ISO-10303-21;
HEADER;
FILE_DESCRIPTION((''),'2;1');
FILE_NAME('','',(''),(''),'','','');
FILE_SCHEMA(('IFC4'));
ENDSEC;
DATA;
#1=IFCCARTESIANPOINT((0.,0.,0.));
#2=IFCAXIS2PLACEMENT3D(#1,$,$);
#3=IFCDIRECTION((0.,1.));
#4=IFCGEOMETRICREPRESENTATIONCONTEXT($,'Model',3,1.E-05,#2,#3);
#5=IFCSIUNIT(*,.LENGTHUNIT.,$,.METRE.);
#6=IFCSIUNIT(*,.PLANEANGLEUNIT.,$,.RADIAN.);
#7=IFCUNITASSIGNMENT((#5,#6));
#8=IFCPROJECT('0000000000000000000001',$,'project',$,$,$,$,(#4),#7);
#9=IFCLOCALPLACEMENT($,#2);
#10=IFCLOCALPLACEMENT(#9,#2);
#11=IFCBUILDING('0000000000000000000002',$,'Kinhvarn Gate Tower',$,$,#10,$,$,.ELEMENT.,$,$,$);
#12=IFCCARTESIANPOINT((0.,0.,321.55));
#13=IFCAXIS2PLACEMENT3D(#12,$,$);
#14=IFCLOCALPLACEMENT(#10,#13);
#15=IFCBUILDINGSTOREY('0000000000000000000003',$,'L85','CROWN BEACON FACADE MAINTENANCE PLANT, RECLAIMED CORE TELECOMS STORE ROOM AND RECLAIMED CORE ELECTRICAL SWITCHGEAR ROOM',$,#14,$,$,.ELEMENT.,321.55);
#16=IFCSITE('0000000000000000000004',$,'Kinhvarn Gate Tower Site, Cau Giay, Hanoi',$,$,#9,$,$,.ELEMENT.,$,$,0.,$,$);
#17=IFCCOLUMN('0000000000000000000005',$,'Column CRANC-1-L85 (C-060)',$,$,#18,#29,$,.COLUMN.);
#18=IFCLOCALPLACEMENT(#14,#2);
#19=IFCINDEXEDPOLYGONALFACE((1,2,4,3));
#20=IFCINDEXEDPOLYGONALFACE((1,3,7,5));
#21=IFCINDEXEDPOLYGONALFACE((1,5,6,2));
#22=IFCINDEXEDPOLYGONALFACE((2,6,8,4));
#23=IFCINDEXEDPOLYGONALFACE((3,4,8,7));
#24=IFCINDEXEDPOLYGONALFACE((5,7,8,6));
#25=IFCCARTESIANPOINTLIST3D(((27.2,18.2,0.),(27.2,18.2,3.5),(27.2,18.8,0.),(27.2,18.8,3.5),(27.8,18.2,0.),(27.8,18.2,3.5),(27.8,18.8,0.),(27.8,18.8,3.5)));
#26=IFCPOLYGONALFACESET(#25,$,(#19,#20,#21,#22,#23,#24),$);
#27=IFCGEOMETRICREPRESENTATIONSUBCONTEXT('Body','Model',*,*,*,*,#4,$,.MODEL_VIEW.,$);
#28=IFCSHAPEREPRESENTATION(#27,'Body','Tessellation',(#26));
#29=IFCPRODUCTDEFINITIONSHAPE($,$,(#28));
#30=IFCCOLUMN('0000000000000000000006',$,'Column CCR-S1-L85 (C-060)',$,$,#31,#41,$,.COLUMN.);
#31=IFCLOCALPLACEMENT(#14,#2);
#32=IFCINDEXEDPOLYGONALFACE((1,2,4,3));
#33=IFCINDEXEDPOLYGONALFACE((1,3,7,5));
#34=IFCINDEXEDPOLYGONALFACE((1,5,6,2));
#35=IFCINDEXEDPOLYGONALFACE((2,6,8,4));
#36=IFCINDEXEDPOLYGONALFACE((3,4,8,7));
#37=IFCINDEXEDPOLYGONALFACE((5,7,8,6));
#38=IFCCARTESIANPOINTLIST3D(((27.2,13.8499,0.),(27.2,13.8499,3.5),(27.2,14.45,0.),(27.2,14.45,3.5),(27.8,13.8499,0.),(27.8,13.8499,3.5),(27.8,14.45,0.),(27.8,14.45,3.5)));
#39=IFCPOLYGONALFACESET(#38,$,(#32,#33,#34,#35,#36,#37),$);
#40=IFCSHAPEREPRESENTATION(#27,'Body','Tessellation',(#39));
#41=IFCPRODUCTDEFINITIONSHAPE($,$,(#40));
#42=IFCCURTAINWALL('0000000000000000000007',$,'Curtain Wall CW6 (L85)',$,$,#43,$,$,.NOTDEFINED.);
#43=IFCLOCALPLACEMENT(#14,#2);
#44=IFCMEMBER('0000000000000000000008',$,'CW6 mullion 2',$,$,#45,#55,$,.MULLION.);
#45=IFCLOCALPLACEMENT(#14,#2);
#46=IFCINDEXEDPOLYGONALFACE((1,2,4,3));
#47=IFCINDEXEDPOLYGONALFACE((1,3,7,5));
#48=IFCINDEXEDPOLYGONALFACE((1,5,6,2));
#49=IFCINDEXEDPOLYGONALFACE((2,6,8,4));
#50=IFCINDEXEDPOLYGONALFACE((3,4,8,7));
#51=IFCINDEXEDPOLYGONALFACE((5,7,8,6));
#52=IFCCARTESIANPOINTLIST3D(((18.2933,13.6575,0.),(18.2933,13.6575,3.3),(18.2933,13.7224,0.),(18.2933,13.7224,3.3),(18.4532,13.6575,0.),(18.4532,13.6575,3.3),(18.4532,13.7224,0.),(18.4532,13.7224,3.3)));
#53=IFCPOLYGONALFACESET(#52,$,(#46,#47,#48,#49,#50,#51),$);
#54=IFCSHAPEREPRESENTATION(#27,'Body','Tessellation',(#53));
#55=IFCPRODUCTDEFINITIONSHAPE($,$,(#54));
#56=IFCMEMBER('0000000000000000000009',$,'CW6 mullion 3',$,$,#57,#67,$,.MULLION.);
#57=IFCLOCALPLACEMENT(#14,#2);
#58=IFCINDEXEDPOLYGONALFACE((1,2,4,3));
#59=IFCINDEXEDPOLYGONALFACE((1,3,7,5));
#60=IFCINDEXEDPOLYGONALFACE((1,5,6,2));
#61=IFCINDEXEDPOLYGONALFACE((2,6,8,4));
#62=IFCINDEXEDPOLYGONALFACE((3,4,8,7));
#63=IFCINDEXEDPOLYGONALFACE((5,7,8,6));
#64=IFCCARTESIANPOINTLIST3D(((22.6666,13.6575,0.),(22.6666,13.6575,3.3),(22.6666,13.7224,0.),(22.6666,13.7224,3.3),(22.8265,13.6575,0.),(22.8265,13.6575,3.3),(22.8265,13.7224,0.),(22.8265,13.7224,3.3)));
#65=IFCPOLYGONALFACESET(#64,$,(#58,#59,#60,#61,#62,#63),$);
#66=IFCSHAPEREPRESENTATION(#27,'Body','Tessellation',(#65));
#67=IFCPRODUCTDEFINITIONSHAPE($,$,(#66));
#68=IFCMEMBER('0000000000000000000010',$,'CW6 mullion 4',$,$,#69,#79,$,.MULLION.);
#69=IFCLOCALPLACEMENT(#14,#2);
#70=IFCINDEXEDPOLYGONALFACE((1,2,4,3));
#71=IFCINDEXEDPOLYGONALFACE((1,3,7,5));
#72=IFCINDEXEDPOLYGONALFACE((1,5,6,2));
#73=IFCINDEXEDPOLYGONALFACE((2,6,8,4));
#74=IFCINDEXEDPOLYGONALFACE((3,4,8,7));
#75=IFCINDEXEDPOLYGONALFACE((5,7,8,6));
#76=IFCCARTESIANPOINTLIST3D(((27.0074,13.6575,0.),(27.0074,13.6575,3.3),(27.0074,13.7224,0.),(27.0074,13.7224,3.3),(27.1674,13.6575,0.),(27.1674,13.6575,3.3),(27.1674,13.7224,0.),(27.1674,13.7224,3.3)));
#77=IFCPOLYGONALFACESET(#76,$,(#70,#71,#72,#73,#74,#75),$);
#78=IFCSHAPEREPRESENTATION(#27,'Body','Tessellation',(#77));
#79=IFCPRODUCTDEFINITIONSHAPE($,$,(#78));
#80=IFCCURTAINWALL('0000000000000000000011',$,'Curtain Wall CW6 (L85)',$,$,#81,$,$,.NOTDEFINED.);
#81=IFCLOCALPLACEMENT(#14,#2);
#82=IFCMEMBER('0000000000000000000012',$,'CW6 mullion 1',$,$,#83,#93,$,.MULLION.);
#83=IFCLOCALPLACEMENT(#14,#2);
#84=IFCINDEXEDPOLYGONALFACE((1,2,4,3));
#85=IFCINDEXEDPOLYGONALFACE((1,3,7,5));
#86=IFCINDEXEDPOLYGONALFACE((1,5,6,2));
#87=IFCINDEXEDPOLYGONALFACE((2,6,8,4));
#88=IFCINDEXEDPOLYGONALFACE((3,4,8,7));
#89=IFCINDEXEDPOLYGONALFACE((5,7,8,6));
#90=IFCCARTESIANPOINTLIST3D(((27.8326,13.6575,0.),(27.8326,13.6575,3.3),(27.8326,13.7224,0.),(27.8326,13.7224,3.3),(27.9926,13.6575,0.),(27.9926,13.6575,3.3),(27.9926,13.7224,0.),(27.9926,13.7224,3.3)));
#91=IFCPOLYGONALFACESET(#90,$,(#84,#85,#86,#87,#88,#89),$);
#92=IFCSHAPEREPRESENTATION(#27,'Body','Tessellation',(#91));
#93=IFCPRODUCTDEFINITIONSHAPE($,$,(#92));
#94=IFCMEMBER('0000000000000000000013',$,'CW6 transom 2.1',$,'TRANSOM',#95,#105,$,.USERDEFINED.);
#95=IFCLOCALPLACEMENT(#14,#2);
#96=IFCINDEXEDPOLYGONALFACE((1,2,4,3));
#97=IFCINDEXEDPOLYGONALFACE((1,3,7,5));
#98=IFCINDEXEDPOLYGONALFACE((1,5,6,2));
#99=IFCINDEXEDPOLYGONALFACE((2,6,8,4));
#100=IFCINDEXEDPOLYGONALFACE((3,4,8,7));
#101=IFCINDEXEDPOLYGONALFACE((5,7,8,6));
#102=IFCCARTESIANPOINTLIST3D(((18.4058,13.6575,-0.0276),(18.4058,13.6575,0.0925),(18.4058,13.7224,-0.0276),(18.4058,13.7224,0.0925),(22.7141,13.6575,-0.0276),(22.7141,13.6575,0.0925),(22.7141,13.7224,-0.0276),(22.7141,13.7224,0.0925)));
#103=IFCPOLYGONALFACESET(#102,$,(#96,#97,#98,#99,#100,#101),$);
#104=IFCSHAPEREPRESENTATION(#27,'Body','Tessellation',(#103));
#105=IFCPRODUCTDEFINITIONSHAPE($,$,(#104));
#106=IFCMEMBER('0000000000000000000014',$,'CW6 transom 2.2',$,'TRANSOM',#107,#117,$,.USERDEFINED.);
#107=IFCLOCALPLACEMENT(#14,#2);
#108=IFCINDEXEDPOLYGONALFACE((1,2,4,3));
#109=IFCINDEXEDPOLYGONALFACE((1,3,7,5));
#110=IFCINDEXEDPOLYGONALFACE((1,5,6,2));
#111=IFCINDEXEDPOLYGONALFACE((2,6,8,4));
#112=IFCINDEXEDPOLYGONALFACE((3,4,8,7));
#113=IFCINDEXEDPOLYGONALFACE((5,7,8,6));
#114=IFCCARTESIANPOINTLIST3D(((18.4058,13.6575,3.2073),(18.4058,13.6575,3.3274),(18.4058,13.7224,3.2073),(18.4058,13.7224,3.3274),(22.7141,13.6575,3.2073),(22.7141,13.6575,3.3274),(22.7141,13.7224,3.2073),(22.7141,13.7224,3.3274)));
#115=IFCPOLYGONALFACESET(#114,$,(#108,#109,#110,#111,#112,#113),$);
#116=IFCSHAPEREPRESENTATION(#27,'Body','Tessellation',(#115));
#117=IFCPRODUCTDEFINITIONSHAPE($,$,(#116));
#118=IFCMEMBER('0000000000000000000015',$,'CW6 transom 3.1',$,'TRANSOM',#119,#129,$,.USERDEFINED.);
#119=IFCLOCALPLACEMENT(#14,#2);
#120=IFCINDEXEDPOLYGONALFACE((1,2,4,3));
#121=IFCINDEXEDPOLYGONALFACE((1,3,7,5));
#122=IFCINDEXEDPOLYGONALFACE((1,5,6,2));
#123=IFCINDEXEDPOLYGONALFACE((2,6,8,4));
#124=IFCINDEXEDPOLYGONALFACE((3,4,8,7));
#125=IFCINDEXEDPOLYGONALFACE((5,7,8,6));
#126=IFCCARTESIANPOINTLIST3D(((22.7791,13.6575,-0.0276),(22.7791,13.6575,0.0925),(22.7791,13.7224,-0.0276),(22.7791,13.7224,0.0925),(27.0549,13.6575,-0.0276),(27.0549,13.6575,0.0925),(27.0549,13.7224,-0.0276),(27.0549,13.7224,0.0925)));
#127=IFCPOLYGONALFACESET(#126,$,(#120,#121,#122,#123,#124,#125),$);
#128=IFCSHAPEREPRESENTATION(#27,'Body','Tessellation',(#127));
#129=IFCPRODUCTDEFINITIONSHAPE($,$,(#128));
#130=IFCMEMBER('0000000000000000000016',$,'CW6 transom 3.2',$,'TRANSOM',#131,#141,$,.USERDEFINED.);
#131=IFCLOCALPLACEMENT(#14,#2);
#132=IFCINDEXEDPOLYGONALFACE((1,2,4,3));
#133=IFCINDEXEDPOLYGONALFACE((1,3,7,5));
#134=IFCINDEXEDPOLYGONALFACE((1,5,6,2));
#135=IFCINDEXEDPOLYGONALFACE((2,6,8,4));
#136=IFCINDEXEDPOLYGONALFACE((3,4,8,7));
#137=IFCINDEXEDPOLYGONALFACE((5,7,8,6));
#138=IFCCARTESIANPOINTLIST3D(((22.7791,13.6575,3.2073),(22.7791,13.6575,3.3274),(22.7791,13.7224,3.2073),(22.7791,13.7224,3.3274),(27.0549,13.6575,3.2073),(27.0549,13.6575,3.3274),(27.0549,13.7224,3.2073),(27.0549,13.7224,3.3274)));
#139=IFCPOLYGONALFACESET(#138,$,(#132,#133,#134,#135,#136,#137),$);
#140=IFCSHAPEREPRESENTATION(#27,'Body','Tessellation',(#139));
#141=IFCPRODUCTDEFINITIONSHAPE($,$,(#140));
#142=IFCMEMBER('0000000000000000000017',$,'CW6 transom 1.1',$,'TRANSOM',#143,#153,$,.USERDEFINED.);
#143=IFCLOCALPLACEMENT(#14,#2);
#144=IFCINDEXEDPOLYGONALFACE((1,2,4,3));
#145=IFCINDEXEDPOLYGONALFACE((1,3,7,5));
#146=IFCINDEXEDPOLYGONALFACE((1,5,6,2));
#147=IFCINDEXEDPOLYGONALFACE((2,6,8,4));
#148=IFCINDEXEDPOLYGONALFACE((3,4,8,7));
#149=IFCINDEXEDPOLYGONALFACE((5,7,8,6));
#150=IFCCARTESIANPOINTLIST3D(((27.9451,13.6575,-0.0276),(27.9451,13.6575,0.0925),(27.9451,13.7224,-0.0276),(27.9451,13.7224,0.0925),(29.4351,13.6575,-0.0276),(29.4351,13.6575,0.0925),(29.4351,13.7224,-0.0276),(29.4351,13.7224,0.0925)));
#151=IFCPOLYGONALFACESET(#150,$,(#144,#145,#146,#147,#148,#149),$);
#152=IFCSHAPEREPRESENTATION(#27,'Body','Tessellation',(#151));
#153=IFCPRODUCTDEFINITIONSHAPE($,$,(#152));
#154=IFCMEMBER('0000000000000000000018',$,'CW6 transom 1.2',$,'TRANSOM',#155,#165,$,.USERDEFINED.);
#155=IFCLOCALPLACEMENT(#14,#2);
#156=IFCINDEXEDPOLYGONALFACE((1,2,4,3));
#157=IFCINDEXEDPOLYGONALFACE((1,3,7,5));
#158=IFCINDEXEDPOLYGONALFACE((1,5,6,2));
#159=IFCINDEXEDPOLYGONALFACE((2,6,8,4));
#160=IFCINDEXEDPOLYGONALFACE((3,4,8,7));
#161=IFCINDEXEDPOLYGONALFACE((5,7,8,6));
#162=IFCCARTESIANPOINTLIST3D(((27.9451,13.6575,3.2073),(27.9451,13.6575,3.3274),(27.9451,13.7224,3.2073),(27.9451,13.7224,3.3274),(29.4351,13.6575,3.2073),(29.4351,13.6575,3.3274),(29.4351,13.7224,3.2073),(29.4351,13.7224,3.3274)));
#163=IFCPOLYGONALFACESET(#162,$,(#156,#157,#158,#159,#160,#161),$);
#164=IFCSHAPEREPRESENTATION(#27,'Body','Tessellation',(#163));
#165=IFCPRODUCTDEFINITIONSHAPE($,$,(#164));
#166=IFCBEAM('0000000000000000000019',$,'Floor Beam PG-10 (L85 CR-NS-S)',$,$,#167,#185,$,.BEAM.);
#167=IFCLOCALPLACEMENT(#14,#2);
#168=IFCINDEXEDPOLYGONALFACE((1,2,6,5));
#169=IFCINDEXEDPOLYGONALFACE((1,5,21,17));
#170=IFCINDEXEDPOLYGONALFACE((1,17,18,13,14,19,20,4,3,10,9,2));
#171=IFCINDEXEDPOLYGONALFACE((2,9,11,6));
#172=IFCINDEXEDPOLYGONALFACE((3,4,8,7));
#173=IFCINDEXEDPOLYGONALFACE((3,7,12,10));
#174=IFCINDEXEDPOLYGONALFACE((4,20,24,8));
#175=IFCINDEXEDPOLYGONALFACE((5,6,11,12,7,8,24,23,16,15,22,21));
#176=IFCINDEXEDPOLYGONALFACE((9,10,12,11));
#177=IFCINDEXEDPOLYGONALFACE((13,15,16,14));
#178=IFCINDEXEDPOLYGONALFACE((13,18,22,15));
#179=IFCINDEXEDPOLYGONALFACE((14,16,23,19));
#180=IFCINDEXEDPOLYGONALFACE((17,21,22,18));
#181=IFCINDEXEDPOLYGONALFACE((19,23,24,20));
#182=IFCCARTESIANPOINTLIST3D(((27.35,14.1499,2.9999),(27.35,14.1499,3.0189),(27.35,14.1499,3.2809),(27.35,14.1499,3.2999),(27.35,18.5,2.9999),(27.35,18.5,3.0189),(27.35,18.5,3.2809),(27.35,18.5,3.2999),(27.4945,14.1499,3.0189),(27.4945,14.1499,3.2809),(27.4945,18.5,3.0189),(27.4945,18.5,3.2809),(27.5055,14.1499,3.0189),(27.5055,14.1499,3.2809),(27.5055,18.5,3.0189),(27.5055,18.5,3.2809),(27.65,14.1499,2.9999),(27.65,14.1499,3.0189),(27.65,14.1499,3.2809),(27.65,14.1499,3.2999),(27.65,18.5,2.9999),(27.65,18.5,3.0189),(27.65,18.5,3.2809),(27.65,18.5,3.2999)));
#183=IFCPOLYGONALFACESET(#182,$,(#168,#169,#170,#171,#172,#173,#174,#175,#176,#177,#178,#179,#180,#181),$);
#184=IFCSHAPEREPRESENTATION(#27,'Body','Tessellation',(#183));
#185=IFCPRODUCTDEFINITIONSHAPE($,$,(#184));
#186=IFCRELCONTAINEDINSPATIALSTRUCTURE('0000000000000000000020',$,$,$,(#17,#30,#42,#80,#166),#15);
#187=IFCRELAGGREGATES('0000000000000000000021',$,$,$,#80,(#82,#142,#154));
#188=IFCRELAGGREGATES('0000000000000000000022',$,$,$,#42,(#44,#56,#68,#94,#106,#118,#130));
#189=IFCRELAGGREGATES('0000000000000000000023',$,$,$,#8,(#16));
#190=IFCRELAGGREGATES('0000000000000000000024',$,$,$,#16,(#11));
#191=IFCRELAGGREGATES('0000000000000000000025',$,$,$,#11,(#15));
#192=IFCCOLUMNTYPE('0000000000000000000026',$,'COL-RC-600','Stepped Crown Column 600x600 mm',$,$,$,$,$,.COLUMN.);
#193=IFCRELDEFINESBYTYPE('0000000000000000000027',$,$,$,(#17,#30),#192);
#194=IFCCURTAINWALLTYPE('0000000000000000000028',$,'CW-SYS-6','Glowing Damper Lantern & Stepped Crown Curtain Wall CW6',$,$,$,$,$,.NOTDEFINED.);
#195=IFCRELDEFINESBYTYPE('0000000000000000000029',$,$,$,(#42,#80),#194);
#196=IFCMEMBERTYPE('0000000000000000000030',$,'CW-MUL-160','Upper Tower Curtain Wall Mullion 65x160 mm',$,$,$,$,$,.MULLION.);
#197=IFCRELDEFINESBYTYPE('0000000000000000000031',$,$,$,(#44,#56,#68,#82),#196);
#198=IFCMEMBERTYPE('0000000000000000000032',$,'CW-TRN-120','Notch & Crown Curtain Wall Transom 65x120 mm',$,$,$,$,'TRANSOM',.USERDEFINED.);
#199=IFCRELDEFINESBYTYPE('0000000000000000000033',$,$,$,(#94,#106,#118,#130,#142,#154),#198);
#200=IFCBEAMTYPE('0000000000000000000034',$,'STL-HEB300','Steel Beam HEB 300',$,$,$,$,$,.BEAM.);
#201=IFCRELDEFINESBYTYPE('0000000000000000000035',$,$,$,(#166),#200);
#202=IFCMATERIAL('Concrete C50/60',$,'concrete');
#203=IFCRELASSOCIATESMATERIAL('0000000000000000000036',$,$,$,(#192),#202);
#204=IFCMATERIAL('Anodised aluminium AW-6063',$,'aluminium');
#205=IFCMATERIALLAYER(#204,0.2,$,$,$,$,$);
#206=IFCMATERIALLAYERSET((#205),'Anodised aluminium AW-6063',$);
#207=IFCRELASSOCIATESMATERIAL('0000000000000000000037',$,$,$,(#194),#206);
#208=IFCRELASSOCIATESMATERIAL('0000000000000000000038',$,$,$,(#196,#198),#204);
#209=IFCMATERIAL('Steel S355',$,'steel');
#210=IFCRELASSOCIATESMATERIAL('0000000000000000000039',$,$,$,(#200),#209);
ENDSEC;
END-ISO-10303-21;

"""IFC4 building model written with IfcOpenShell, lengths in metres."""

from ifc_helpers import new_model, si_unit, direction, frame, origin, origin_2d, place, context, subcontext, project, spatial, rectangle, i_section, extrude, material, layer, layer_set, material_profile, profile_set, type_object, element, aggregate, save


model = new_model("IFC4")

# Units and contexts
model_context = context("Model", 3, precision=1e-05, world=origin(), true_north=direction((0.0, 1.0)))
body_context = subcontext(model_context, "Body", "Model", "MODEL_VIEW")
ifc_project = project(units=[si_unit("LENGTHUNIT", "METRE"), si_unit("PLANEANGLEUNIT", "RADIAN")], contexts=[model_context])

# Site, building, storey
site_placement = place(None, origin())
site = spatial("IfcSite", under=ifc_project, at=site_placement, Name="Kinhvarn Gate Tower Site, Cau Giay, Hanoi", CompositionType="ELEMENT", RefElevation=0.0)
building_placement = place(site_placement, origin())
building = spatial("IfcBuilding", under=site, at=building_placement, Name="Kinhvarn Gate Tower", CompositionType="ELEMENT")
storey_placement = place(building_placement, frame((0.0, 0.0, 321.55)))
storey = spatial("IfcBuildingStorey", under=building, at=storey_placement, Name="L85", Description="CROWN BEACON FACADE MAINTENANCE PLANT, RECLAIMED CORE TELECOMS STORE ROOM AND RECLAIMED CORE ELECTRICAL SWITCHGEAR ROOM", CompositionType="ELEMENT", Elevation=321.55)

# Columns
ifc_material_1 = material(Name="Concrete C50/60", Category="concrete")
ifc_material_profile_1 = material_profile(ifc_material_1, rectangle(XDim=0.6001, YDim=0.6001, at=origin_2d()), Name="RC 600x600")
ifc_profile_set_1 = profile_set([ifc_material_profile_1], Name="Concrete C50/60")
column_type = type_object("IfcColumnType", Name="COL-RC-600", Description="Stepped Crown Column 600x600 mm", PredefinedType="COLUMN", material=ifc_profile_set_1)
for number, where, z_axis, x_axis, name in (
    (1, (27.5, 18.5, 0.0), (0.0, 0.0, 1.0), (1.0, 0.0, 0.0), "Column CRANC-1-L85 (C-060)"),
    (2, (27.5, 14.1499, 0.0), (0.0, 0.0, 1.0), (1.0, 0.0, 0.0), "Column CCR-S1-L85 (C-060)"),
):
    element("IfcColumn", number, at=place(storey_placement, frame(where, z_axis=z_axis, x_axis=x_axis)), inside=storey, type_object=column_type, Name=name, PredefinedType="COLUMN", context=body_context, shape_type="SweptSolid", body=[
        extrude(rectangle(XDim=0.6001, YDim=0.6001, at=origin_2d()), origin(), (0.0, 0.0, 1.0), 3.5),
    ])

# Curtain wall, members
ifc_material_2 = material(Name="Anodised aluminium AW-6063", Category="aluminium")
ifc_layer_1 = layer(ifc_material_2, 0.2)
ifc_layer_set_1 = layer_set([ifc_layer_1], Name="Anodised aluminium AW-6063")
curtain_wall_type = type_object("IfcCurtainWallType", Name="CW-SYS-6", Description="Glowing Damper Lantern & Stepped Crown Curtain Wall CW6", PredefinedType="NOTDEFINED", material=ifc_layer_set_1)
curtain_wall_1_placement = place(storey_placement, origin())
curtain_wall_1 = element("IfcCurtainWall", 3, at=curtain_wall_1_placement, inside=storey, type_object=curtain_wall_type, Name="Curtain Wall CW6 (L85)", PredefinedType="NOTDEFINED")
ifc_material_profile_2 = material_profile(ifc_material_2, rectangle(XDim=0.0649, YDim=0.1599, at=origin_2d()), Name="ALU 65x160")
ifc_profile_set_2 = profile_set([ifc_material_profile_2], Name="Anodised aluminium AW-6063")
member_type_1 = type_object("IfcMemberType", Name="CW-MUL-160", Description="Upper Tower Curtain Wall Mullion 65x160 mm", PredefinedType="MULLION", material=ifc_profile_set_2)
member_1_placement = place(storey_placement, frame((18.3733, 13.6899, 0.0), z_axis=(0.0, 0.0, 1.0), x_axis=(0.0, 1.0, 0.0)))
member_1 = element("IfcMember", 4, at=member_1_placement, type_object=member_type_1, Name="CW6 mullion 2", PredefinedType="MULLION", context=body_context, shape_type="SweptSolid", body=[
    extrude(rectangle(XDim=0.0649, YDim=0.1599, at=origin_2d()), origin(), (0.0, 0.0, 1.0), 3.3),
])
member_2_placement = place(storey_placement, frame((22.7466, 13.6899, 0.0), z_axis=(0.0, 0.0, 1.0), x_axis=(0.0, 1.0, 0.0)))
member_2 = element("IfcMember", 5, at=member_2_placement, type_object=member_type_1, Name="CW6 mullion 3", PredefinedType="MULLION", context=body_context, shape_type="SweptSolid", body=[
    extrude(rectangle(XDim=0.0649, YDim=0.1599, at=origin_2d()), origin(), (0.0, 0.0, 1.0), 3.3),
])
member_3_placement = place(storey_placement, frame((27.0874, 13.6899, 0.0), z_axis=(0.0, 0.0, 1.0), x_axis=(0.0, 1.0, 0.0)))
member_3 = element("IfcMember", 6, at=member_3_placement, type_object=member_type_1, Name="CW6 mullion 4", PredefinedType="MULLION", context=body_context, shape_type="SweptSolid", body=[
    extrude(rectangle(XDim=0.0649, YDim=0.1599, at=origin_2d()), origin(), (0.0, 0.0, 1.0), 3.3),
])

# Curtain wall, member
curtain_wall_2_placement = place(storey_placement, origin())
curtain_wall_2 = element("IfcCurtainWall", 7, at=curtain_wall_2_placement, inside=storey, type_object=curtain_wall_type, Name="Curtain Wall CW6 (L85)", PredefinedType="NOTDEFINED")
member_4_placement = place(storey_placement, frame((27.9126, 13.6899, 0.0), z_axis=(0.0, 0.0, 1.0), x_axis=(0.0, 1.0, 0.0)))
member_4 = element("IfcMember", 8, at=member_4_placement, type_object=member_type_1, Name="CW6 mullion 1", PredefinedType="MULLION", context=body_context, shape_type="SweptSolid", body=[
    extrude(rectangle(XDim=0.0649, YDim=0.1599, at=origin_2d()), origin(), (0.0, 0.0, 1.0), 3.3),
])

# Members
ifc_material_profile_3 = material_profile(ifc_material_2, rectangle(XDim=0.0649, YDim=0.1201, at=origin_2d()), Name="ALU 65x120")
ifc_profile_set_3 = profile_set([ifc_material_profile_3], Name="Anodised aluminium AW-6063")
member_type_2 = type_object("IfcMemberType", Name="CW-TRN-120", Description="Notch & Crown Curtain Wall Transom 65x120 mm", ElementType="TRANSOM", PredefinedType="USERDEFINED", material=ifc_profile_set_3)
member_5_placement = place(storey_placement, frame((18.4058, 13.6899, 0.0325), z_axis=(1.0, 0.0, 0.0), x_axis=(0.0, 1.0, 0.0)))
member_5 = element("IfcMember", 9, at=member_5_placement, type_object=member_type_2, Name="CW6 transom 2.1", ObjectType="TRANSOM", PredefinedType="USERDEFINED", context=body_context, shape_type="SweptSolid", body=[
    extrude(rectangle(XDim=0.0649, YDim=0.1201, at=origin_2d()), origin(), (0.0, 0.0, 1.0), 4.3083),
])
member_6_placement = place(storey_placement, frame((18.4058, 13.6899, 3.2673), z_axis=(1.0, 0.0, 0.0), x_axis=(0.0, 1.0, 0.0)))
member_6 = element("IfcMember", 10, at=member_6_placement, type_object=member_type_2, Name="CW6 transom 2.2", ObjectType="TRANSOM", PredefinedType="USERDEFINED", context=body_context, shape_type="SweptSolid", body=[
    extrude(rectangle(XDim=0.0649, YDim=0.1201, at=origin_2d()), origin(), (0.0, 0.0, 1.0), 4.3083),
])
member_7_placement = place(storey_placement, frame((22.7791, 13.6899, 0.0325), z_axis=(1.0, 0.0, 0.0), x_axis=(0.0, 1.0, 0.0)))
member_7 = element("IfcMember", 11, at=member_7_placement, type_object=member_type_2, Name="CW6 transom 3.1", ObjectType="TRANSOM", PredefinedType="USERDEFINED", context=body_context, shape_type="SweptSolid", body=[
    extrude(rectangle(XDim=0.0649, YDim=0.1201, at=origin_2d()), origin(), (0.0, 0.0, 1.0), 4.2759),
])
member_8_placement = place(storey_placement, frame((22.7791, 13.6899, 3.2673), z_axis=(1.0, 0.0, 0.0), x_axis=(0.0, 1.0, 0.0)))
member_8 = element("IfcMember", 12, at=member_8_placement, type_object=member_type_2, Name="CW6 transom 3.2", ObjectType="TRANSOM", PredefinedType="USERDEFINED", context=body_context, shape_type="SweptSolid", body=[
    extrude(rectangle(XDim=0.0649, YDim=0.1201, at=origin_2d()), origin(), (0.0, 0.0, 1.0), 4.2759),
])
member_9_placement = place(storey_placement, frame((27.9451, 13.6899, 0.0325), z_axis=(1.0, 0.0, 0.0), x_axis=(0.0, 1.0, 0.0)))
member_9 = element("IfcMember", 13, at=member_9_placement, type_object=member_type_2, Name="CW6 transom 1.1", ObjectType="TRANSOM", PredefinedType="USERDEFINED", context=body_context, shape_type="SweptSolid", body=[
    extrude(rectangle(XDim=0.0649, YDim=0.1201, at=origin_2d()), origin(), (0.0, 0.0, 1.0), 1.49),
])
member_10_placement = place(storey_placement, frame((27.9451, 13.6899, 3.2673), z_axis=(1.0, 0.0, 0.0), x_axis=(0.0, 1.0, 0.0)))
member_10 = element("IfcMember", 14, at=member_10_placement, type_object=member_type_2, Name="CW6 transom 1.2", ObjectType="TRANSOM", PredefinedType="USERDEFINED", context=body_context, shape_type="SweptSolid", body=[
    extrude(rectangle(XDim=0.0649, YDim=0.1201, at=origin_2d()), origin(), (0.0, 0.0, 1.0), 1.49),
])
aggregate(curtain_wall_2, [member_4, member_9, member_10])

# Beam
ifc_material_3 = material(Name="Steel S355", Category="steel")
ifc_material_profile_4 = material_profile(ifc_material_3, i_section(OverallWidth=0.3, OverallDepth=0.3, WebThickness=0.011, FlangeThickness=0.019, at=origin_2d()), Name="HEB 300")
ifc_profile_set_4 = profile_set([ifc_material_profile_4], Name="Steel S355")
beam_type_1 = type_object("IfcBeamType", Name="STL-HEB300", Description="Steel Beam HEB 300", PredefinedType="BEAM", material=ifc_profile_set_4)
beam_1_placement = place(storey_placement, frame((27.5, 14.1499, 3.1499), z_axis=(0.0, 1.0, 0.0), x_axis=(-1.0, 0.0, 0.0)))
element("IfcBeam", 15, at=beam_1_placement, inside=storey, type_object=beam_type_1, Name="Floor Beam PG-10 (L85 CR-NS-S)", PredefinedType="BEAM", context=body_context, shape_type="SweptSolid", body=[
    extrude(i_section(OverallWidth=0.3, OverallDepth=0.3, WebThickness=0.011, FlangeThickness=0.019, at=origin_2d()), origin(), (0.0, 0.0, 1.0), 4.3501),
])

aggregate(curtain_wall_1, [member_1, member_2, member_3, member_5, member_6, member_7, member_8])

save(model, "model.ifc")
